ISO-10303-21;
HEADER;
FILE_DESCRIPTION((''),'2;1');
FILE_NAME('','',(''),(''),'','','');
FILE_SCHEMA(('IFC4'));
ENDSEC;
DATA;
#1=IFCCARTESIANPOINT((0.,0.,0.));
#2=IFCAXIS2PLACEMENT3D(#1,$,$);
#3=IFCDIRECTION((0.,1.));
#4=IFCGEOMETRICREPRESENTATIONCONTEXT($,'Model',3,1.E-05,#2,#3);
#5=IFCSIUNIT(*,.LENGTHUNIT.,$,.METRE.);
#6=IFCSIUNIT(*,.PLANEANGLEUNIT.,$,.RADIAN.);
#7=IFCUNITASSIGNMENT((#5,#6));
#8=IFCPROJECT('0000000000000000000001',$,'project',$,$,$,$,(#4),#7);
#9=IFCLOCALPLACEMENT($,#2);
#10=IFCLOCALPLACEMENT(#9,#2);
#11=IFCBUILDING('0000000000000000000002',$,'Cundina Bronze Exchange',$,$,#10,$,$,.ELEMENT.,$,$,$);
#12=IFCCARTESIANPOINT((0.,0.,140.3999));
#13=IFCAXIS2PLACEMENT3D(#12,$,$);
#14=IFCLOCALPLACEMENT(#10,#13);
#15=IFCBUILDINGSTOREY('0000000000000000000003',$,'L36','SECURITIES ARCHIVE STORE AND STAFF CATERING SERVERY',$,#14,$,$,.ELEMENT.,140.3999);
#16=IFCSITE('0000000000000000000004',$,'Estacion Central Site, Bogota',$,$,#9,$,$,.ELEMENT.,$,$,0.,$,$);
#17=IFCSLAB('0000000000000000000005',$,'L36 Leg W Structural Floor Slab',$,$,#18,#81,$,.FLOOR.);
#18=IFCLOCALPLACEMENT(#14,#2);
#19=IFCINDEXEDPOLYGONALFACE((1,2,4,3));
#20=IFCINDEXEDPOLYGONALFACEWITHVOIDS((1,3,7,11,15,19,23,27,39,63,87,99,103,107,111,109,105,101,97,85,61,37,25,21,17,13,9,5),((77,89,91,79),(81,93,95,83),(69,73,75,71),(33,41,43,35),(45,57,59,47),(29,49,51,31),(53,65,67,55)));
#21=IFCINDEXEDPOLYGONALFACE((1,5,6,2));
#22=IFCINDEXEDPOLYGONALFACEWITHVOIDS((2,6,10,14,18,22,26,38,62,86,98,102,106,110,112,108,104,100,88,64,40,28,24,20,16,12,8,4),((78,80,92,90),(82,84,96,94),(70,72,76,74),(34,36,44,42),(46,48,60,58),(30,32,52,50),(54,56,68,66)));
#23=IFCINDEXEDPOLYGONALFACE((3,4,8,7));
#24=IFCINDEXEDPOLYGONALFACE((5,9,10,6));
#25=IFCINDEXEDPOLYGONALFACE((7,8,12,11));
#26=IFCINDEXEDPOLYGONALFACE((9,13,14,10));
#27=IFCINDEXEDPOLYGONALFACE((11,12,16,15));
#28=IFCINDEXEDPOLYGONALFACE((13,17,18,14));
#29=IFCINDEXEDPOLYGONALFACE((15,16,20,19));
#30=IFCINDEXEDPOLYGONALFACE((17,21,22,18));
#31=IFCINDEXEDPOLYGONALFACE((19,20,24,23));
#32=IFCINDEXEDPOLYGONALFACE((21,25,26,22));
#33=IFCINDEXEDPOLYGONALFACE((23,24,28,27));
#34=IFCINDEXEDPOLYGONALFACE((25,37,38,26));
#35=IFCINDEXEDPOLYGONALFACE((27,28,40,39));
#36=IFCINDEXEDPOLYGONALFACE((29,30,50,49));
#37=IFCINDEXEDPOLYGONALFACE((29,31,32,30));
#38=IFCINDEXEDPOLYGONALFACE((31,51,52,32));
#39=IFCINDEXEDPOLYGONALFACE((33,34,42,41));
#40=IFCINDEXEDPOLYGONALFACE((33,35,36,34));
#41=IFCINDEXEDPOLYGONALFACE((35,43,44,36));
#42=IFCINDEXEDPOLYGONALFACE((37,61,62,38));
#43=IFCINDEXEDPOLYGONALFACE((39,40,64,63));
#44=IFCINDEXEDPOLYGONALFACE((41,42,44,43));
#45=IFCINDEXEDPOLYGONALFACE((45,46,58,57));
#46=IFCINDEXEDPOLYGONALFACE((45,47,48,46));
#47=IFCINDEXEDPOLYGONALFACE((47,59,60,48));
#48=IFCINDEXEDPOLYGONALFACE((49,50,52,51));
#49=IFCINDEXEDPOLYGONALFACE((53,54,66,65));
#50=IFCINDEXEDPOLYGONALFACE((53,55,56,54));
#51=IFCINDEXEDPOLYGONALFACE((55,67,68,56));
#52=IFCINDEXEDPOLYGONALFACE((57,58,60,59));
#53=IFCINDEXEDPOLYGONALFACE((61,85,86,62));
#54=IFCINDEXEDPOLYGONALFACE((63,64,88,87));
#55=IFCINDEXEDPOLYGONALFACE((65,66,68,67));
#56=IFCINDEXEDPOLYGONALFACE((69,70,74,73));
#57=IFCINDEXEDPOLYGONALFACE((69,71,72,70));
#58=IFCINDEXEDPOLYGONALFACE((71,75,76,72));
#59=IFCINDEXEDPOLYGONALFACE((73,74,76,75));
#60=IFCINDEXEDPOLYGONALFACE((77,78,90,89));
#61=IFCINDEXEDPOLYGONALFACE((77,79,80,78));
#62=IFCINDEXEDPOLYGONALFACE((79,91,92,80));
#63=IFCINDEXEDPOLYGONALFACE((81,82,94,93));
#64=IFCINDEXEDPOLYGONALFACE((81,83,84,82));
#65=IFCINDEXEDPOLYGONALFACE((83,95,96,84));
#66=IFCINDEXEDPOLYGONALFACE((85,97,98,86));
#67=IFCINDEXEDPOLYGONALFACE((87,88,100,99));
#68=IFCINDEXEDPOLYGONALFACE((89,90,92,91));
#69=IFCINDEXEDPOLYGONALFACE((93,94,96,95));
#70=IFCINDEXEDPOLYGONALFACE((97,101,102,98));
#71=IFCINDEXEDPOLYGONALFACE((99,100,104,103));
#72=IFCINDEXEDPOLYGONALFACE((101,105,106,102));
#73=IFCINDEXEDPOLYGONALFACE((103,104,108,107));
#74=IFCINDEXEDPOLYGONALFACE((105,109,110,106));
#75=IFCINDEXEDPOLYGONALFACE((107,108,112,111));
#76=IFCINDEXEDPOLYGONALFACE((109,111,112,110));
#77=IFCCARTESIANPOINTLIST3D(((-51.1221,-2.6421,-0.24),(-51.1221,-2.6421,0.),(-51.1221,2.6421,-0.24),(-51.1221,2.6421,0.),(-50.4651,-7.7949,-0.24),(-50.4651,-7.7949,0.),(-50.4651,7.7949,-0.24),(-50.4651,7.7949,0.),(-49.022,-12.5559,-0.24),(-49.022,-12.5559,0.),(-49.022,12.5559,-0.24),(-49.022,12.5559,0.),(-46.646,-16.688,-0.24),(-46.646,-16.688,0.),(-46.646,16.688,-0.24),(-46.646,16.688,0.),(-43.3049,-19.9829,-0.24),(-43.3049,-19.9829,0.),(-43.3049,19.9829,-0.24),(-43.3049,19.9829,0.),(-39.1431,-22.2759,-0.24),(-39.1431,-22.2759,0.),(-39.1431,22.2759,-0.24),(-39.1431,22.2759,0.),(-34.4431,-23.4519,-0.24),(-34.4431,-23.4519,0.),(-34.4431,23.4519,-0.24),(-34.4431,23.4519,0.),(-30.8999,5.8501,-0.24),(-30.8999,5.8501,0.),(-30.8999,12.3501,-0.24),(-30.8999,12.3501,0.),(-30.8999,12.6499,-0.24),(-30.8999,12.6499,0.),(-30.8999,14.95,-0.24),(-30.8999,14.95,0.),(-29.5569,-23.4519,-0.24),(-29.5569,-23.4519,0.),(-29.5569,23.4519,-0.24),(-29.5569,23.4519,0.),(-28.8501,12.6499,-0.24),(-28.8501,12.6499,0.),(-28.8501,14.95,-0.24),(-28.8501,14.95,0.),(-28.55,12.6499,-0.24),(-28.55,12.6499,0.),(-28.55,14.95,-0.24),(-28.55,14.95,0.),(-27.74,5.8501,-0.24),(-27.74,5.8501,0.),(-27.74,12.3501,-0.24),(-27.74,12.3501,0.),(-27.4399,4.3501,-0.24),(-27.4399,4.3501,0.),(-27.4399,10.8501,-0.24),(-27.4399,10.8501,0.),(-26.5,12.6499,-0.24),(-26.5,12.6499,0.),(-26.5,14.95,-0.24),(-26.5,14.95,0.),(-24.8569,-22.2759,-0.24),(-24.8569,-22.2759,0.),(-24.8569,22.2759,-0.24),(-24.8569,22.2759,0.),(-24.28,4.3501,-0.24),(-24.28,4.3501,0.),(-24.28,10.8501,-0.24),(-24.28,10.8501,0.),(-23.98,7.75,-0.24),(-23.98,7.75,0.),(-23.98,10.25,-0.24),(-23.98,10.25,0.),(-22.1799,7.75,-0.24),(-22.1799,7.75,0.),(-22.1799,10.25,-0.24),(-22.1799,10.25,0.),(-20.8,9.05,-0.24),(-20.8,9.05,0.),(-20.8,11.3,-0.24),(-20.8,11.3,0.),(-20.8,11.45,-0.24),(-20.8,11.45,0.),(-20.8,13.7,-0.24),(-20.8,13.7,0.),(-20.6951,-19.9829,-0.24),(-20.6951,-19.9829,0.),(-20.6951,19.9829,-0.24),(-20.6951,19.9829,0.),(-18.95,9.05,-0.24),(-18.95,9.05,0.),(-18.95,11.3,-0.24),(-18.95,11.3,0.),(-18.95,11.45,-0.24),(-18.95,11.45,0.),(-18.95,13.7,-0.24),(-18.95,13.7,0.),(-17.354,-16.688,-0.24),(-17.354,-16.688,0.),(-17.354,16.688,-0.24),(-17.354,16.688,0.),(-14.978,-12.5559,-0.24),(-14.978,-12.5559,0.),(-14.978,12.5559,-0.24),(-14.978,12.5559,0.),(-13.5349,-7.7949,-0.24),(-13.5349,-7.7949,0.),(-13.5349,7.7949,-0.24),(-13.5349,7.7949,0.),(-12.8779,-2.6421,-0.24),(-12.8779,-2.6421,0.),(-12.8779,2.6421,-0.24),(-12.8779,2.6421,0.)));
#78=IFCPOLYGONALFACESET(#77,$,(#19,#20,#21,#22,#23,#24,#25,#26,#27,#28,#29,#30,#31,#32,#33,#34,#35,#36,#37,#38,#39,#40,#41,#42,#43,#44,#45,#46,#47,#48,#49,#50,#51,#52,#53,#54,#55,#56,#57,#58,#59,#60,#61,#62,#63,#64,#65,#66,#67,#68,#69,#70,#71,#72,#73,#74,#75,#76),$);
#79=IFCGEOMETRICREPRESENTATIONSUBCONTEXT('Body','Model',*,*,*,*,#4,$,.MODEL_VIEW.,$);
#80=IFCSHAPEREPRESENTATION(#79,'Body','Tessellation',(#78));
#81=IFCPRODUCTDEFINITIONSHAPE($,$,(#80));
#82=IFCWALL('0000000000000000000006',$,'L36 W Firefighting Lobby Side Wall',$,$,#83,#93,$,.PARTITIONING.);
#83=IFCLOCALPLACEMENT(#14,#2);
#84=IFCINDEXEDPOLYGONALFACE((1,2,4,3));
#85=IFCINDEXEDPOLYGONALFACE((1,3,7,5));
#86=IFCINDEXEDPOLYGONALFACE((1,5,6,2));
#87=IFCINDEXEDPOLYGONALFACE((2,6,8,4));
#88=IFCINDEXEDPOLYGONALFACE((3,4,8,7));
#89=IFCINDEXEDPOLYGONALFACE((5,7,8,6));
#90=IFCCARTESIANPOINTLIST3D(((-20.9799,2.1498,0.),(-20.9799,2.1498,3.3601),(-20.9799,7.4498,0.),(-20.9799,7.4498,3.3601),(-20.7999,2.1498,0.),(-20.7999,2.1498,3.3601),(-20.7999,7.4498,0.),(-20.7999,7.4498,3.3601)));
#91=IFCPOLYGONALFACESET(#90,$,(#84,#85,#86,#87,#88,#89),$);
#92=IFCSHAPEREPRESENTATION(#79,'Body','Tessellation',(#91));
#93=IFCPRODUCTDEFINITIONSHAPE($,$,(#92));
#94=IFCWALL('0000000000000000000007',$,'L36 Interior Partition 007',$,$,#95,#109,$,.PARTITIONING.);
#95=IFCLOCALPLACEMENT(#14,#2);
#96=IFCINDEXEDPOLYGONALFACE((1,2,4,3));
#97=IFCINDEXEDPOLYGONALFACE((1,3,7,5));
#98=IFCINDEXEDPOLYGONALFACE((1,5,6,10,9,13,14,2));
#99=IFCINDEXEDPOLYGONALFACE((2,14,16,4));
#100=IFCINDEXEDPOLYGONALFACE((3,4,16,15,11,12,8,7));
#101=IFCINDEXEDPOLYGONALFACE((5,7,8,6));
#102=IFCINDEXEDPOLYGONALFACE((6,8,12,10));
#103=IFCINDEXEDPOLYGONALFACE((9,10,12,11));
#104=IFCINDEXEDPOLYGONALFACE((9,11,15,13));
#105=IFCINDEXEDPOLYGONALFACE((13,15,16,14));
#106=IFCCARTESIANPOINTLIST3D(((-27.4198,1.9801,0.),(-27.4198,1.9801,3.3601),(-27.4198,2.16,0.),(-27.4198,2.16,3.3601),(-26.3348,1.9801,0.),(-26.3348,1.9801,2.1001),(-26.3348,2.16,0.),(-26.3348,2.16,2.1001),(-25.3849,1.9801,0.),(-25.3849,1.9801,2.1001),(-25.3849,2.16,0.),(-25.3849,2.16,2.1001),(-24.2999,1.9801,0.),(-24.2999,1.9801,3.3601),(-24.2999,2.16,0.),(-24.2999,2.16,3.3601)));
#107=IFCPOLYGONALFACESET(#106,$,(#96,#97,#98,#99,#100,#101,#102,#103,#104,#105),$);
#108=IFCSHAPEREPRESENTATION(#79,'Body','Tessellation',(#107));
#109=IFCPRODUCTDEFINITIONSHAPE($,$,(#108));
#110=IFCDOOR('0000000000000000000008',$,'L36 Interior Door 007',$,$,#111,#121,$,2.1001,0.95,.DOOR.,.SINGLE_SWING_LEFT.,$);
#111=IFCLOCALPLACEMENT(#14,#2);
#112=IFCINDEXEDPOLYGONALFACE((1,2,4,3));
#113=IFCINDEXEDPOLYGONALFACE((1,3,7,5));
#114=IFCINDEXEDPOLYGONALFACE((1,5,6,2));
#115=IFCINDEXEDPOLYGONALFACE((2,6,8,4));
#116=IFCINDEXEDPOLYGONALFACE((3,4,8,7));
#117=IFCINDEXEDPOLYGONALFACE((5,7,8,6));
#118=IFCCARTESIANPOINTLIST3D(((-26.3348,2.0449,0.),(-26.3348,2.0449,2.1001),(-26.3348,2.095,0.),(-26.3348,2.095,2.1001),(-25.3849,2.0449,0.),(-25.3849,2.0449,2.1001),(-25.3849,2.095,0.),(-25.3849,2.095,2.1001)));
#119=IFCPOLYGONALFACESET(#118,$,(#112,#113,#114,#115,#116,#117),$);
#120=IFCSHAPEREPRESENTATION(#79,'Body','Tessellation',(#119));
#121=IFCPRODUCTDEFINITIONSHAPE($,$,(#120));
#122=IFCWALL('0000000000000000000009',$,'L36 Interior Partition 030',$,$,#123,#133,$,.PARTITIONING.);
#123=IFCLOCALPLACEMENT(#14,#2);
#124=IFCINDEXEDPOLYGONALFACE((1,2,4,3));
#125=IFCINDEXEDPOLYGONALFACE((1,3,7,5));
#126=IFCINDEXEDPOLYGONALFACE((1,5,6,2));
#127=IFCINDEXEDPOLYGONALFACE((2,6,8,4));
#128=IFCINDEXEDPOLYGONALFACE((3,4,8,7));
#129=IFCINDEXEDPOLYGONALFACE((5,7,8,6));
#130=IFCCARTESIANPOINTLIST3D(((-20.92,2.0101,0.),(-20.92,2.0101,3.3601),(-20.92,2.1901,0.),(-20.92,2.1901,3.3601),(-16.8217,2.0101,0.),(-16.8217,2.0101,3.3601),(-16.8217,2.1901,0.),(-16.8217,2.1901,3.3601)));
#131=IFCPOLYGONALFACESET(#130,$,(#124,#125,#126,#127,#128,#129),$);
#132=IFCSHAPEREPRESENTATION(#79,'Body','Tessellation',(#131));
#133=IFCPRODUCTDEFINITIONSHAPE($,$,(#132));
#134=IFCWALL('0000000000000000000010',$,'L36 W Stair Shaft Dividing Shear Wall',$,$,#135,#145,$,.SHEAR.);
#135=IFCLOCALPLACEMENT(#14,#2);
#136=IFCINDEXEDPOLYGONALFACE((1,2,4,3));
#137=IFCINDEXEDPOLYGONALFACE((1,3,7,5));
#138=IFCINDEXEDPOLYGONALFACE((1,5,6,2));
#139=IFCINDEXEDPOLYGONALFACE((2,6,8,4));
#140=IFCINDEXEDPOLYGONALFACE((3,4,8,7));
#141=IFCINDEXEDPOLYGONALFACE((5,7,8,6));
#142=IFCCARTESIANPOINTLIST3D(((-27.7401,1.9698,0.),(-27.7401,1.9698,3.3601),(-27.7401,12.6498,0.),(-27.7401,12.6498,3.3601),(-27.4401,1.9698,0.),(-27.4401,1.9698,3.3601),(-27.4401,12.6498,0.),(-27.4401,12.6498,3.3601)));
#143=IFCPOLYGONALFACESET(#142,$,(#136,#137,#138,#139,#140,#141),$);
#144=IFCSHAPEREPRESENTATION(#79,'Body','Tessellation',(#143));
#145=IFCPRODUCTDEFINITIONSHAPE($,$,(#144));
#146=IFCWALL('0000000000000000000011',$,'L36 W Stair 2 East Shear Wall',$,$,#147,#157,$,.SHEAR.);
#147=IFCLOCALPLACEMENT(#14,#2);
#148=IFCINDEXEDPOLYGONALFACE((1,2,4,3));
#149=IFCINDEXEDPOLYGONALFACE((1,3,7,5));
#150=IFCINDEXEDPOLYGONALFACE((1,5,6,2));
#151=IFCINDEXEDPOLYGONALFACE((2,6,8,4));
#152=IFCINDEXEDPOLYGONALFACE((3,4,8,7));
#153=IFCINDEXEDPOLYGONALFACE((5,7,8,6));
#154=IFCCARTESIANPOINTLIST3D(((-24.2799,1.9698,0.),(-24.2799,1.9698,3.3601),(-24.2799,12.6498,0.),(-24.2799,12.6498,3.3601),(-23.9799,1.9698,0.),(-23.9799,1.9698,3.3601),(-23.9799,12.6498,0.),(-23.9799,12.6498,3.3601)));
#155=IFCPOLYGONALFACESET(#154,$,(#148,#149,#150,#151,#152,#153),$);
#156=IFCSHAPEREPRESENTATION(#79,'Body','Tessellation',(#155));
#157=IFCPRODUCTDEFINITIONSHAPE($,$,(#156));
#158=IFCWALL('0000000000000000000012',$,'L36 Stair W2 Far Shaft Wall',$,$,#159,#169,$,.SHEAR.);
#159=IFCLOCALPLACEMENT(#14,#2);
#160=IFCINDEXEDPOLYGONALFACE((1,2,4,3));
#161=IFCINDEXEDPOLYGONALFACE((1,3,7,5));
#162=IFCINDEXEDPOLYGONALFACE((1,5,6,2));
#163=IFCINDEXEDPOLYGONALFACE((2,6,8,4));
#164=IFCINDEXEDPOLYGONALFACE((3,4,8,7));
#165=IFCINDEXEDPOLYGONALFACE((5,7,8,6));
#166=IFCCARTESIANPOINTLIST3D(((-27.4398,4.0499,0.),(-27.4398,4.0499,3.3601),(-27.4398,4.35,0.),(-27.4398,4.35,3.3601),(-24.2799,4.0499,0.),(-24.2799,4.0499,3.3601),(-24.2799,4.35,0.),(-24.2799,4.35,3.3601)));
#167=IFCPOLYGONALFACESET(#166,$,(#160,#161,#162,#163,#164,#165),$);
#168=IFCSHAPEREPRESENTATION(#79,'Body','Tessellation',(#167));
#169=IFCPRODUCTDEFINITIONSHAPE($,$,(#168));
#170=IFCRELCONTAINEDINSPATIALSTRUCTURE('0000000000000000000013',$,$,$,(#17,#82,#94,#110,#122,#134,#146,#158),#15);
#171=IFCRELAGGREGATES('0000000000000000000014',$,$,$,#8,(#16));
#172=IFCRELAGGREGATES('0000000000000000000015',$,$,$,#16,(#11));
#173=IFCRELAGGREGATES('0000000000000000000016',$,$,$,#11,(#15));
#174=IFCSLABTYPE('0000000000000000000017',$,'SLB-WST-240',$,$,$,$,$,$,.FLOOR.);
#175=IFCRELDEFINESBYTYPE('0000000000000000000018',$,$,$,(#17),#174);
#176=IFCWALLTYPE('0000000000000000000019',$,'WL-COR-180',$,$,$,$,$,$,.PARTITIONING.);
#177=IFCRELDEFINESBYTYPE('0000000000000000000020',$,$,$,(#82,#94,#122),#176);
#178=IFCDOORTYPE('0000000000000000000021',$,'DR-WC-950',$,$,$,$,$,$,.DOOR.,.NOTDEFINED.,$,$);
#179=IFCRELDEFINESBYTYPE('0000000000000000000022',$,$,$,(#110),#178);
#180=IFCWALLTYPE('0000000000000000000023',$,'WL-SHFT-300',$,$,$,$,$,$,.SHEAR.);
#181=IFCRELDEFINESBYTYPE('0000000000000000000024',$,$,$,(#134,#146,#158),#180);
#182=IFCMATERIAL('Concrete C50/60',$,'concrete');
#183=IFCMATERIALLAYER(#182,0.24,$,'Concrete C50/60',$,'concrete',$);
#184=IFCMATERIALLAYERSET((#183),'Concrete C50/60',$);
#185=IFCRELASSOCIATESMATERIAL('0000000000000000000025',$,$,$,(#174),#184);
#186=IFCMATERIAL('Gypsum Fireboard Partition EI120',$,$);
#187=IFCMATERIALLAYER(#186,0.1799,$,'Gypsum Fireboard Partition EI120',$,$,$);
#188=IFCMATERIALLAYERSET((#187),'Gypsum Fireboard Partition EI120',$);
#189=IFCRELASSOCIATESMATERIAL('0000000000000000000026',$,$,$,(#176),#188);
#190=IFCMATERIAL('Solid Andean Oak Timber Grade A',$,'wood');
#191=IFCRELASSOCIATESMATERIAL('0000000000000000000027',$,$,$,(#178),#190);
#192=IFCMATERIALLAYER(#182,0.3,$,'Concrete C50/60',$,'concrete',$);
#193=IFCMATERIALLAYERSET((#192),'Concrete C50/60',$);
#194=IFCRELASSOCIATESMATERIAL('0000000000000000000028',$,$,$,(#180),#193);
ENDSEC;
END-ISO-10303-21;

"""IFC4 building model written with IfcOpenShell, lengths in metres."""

from ifc_helpers import new_model, si_unit, direction, frame, frame_2d, origin, place, context, subcontext, project, spatial, polyline, rectangle, outline, extrude, material, layer, layer_set, type_object, element, fill, save


model = new_model("IFC4")

# Units and contexts
model_context = context("Model", 3, precision=1e-05, world=origin(), true_north=direction((0.0, 1.0)))
body_context = subcontext(model_context, "Body", "Model", "MODEL_VIEW")
ifc_project = project(units=[si_unit("LENGTHUNIT", "METRE"), si_unit("PLANEANGLEUNIT", "RADIAN")], contexts=[model_context])

# Site, building, storey
site_placement = place(None, origin())
site = spatial("IfcSite", under=ifc_project, at=site_placement, Name="Estacion Central Site, Bogota", CompositionType="ELEMENT", RefElevation=0.0)
building_placement = place(site_placement, origin())
building = spatial("IfcBuilding", under=site, at=building_placement, Name="Cundina Bronze Exchange", CompositionType="ELEMENT")
storey_placement = place(building_placement, frame((0.0, 0.0, 140.3999)))
storey = spatial("IfcBuildingStorey", under=building, at=storey_placement, Name="L36", Description="SECURITIES ARCHIVE STORE AND STAFF CATERING SERVERY", CompositionType="ELEMENT", Elevation=140.3999)

# Shared definitions
ifc_material_1 = material(Name="Concrete C50/60", Category="concrete")

# Slab
ifc_layer_1 = layer(ifc_material_1, 0.24, Name="Concrete C50/60", Category="concrete")
ifc_layer_set_1 = layer_set([ifc_layer_1], Name="Concrete C50/60")
slab_type = type_object("IfcSlabType", Name="SLB-WST-240", PredefinedType="FLOOR", material=ifc_layer_set_1)
slab_placement = place(storey_placement, frame((0.0, 0.0, -0.24)))
element("IfcSlab", 1, at=slab_placement, inside=storey, type_object=slab_type, Name="L36 Leg W Structural Floor Slab", PredefinedType="FLOOR", context=body_context, shape_type="SweptSolid", body=[
    extrude(outline(polyline([(-12.8779, 2.6421), (-13.5349, 7.7949), (-14.978, 12.5559), (-17.354, 16.688), (-20.6951, 19.9829), (-24.8569, 22.2759), (-29.5569, 23.4519), (-34.4431, 23.4519), (-39.1431, 22.2759), (-43.3049, 19.9829), (-46.646, 16.688), (-49.022, 12.5559), (-50.4651, 7.7949), (-51.1221, 2.6421), (-51.1221, -2.6421), (-50.4651, -7.7949), (-49.022, -12.5559), (-46.646, -16.688), (-43.3049, -19.9829), (-39.1431, -22.2759), (-34.4431, -23.4519), (-29.5569, -23.4519), (-24.8569, -22.2759), (-20.6951, -19.9829), (-17.354, -16.688), (-14.978, -12.5559), (-13.5349, -7.7949), (-12.8779, -2.6421), (-12.8779, 2.6421)]), holes=[polyline([(-27.74, 5.8501), (-27.74, 12.3501), (-30.8999, 12.3501), (-30.8999, 5.8501), (-27.74, 5.8501)]), polyline([(-27.4399, 10.8501), (-27.4399, 4.3501), (-24.28, 4.3501), (-24.28, 10.8501), (-27.4399, 10.8501)]), polyline([(-23.98, 10.25), (-22.1799, 10.25), (-22.1799, 7.75), (-23.98, 7.75), (-23.98, 10.25)]), polyline([(-30.8999, 14.95), (-28.8501, 14.95), (-28.8501, 12.6499), (-30.8999, 12.6499), (-30.8999, 14.95)]), polyline([(-28.55, 14.95), (-26.5, 14.95), (-26.5, 12.6499), (-28.55, 12.6499), (-28.55, 14.95)]), polyline([(-20.8, 13.7), (-18.95, 13.7), (-18.95, 11.45), (-20.8, 11.45), (-20.8, 13.7)]), polyline([(-20.8, 11.3), (-18.95, 11.3), (-18.95, 9.05), (-20.8, 9.05), (-20.8, 11.3)])]), origin(), (0.0, 0.0, 1.0), 0.24),
])

# Wall
ifc_material_2 = material(Name="Gypsum Fireboard Partition EI120")
ifc_layer_2 = layer(ifc_material_2, 0.1799, Name="Gypsum Fireboard Partition EI120")
ifc_layer_set_2 = layer_set([ifc_layer_2], Name="Gypsum Fireboard Partition EI120")
wall_type_1 = type_object("IfcWallType", Name="WL-COR-180", PredefinedType="PARTITIONING", material=ifc_layer_set_2)
wall_1_placement = place(storey_placement, frame((-20.8899, 2.1499, 0.0), z_axis=(0.0, 0.0, 1.0), x_axis=(0.0, 1.0, 0.0)))
element("IfcWall", 2, at=wall_1_placement, inside=storey, type_object=wall_type_1, Name="L36 W Firefighting Lobby Side Wall", PredefinedType="PARTITIONING", context=body_context, shape_type="SweptSolid", body=[
    extrude(rectangle(XDim=5.3, YDim=0.1799, at=frame_2d((2.6499, 0.0))), origin(), (0.0, 0.0, 1.0), 3.3601),
])

# Wall, opening, door
wall_2_placement = place(storey_placement, frame((-27.4199, 2.0701, 0.0), z_axis=(0.0, 0.0, 1.0), x_axis=(1.0, 0.0, 0.0)))
wall_2 = element("IfcWall", 3, at=wall_2_placement, inside=storey, type_object=wall_type_1, Name="L36 Interior Partition 007", PredefinedType="PARTITIONING", context=body_context, shape_type="SweptSolid", body=[
    extrude(rectangle(XDim=3.1199, YDim=0.1799, at=frame_2d((1.5601, 0.0))), origin(), (0.0, 0.0, 1.0), 3.3601),
])
opening_1_placement = place(wall_2_placement, frame((1.085, 0.0, 0.0)))
opening_1 = element("IfcOpeningElement", 4, at=opening_1_placement, cuts=wall_2, PredefinedType="OPENING", context=body_context, shape_type="SweptSolid", body=[
    extrude(rectangle(XDim=0.95, YDim=2.1001, at=frame_2d((0.4751, 1.05))), frame((0.0, 0.0999, 0.0), z_axis=(0.0, -1.0, 0.0), x_axis=(1.0, 0.0, 0.0)), (0.0, 0.0, 1.0), 0.2),
])
ifc_material_3 = material(Name="Solid Andean Oak Timber Grade A", Category="wood")
door_type_1 = type_object("IfcDoorType", Name="DR-WC-950", OperationType="NOTDEFINED", PredefinedType="DOOR", material=ifc_material_3)
door_1_placement = place(opening_1_placement, origin())
door_1 = element("IfcDoor", 5, at=door_1_placement, inside=storey, type_object=door_type_1, Name="L36 Interior Door 007", OperationType="SINGLE_SWING_LEFT", OverallHeight=2.1001, OverallWidth=0.95, PredefinedType="DOOR", context=body_context, shape_type="SweptSolid", body=[
    extrude(rectangle(XDim=0.95, YDim=2.1001, at=frame_2d((0.4751, 1.05))), frame((0.0, 0.0249, 0.0), z_axis=(0.0, -1.0, 0.0), x_axis=(1.0, 0.0, 0.0)), (0.0, 0.0, 1.0), 0.05),
])
fill(opening_1, door_1)

# Walls
wall_3_placement = place(storey_placement, frame((-16.8215, 2.1001, 0.0), z_axis=(0.0, 0.0, 1.0), x_axis=(-1.0, 0.0, 0.0)))
element("IfcWall", 6, at=wall_3_placement, inside=storey, type_object=wall_type_1, Name="L36 Interior Partition 030", PredefinedType="PARTITIONING", context=body_context, shape_type="SweptSolid", body=[
    extrude(rectangle(XDim=4.0984, YDim=0.1799, at=frame_2d((2.0493, 0.0))), origin(), (0.0, 0.0, 1.0), 3.3601),
])
ifc_layer_3 = layer(ifc_material_1, 0.3, Name="Concrete C50/60", Category="concrete")
ifc_layer_set_3 = layer_set([ifc_layer_3], Name="Concrete C50/60")
wall_type_2 = type_object("IfcWallType", Name="WL-SHFT-300", PredefinedType="SHEAR", material=ifc_layer_set_3)
for number, where, z_axis, x_axis, name in (
    (7, (-27.5901, 1.97, 0.0), (0.0, 0.0, 1.0), (0.0, 1.0, 0.0), "L36 W Stair Shaft Dividing Shear Wall"),
    (8, (-24.1299, 1.97, 0.0), (0.0, 0.0, 1.0), (0.0, 1.0, 0.0), "L36 W Stair 2 East Shear Wall"),
):
    element("IfcWall", number, at=place(storey_placement, frame(where, z_axis=z_axis, x_axis=x_axis)), inside=storey, type_object=wall_type_2, Name=name, PredefinedType="SHEAR", context=body_context, shape_type="SweptSolid", body=[
        extrude(rectangle(XDim=10.6799, YDim=0.3, at=frame_2d((5.3398, 0.0))), origin(), (0.0, 0.0, 1.0), 3.3601),
    ])
wall_4_placement = place(storey_placement, frame((-27.4399, 4.2, 0.0), z_axis=(0.0, 0.0, 1.0), x_axis=(1.0, 0.0, 0.0)))
element("IfcWall", 9, at=wall_4_placement, inside=storey, type_object=wall_type_2, Name="L36 Stair W2 Far Shaft Wall", PredefinedType="SHEAR", context=body_context, shape_type="SweptSolid", body=[
    extrude(rectangle(XDim=3.1599, YDim=0.3, at=frame_2d((1.5801, 0.0))), origin(), (0.0, 0.0, 1.0), 3.3601),
])

save(model, "model.ifc")
